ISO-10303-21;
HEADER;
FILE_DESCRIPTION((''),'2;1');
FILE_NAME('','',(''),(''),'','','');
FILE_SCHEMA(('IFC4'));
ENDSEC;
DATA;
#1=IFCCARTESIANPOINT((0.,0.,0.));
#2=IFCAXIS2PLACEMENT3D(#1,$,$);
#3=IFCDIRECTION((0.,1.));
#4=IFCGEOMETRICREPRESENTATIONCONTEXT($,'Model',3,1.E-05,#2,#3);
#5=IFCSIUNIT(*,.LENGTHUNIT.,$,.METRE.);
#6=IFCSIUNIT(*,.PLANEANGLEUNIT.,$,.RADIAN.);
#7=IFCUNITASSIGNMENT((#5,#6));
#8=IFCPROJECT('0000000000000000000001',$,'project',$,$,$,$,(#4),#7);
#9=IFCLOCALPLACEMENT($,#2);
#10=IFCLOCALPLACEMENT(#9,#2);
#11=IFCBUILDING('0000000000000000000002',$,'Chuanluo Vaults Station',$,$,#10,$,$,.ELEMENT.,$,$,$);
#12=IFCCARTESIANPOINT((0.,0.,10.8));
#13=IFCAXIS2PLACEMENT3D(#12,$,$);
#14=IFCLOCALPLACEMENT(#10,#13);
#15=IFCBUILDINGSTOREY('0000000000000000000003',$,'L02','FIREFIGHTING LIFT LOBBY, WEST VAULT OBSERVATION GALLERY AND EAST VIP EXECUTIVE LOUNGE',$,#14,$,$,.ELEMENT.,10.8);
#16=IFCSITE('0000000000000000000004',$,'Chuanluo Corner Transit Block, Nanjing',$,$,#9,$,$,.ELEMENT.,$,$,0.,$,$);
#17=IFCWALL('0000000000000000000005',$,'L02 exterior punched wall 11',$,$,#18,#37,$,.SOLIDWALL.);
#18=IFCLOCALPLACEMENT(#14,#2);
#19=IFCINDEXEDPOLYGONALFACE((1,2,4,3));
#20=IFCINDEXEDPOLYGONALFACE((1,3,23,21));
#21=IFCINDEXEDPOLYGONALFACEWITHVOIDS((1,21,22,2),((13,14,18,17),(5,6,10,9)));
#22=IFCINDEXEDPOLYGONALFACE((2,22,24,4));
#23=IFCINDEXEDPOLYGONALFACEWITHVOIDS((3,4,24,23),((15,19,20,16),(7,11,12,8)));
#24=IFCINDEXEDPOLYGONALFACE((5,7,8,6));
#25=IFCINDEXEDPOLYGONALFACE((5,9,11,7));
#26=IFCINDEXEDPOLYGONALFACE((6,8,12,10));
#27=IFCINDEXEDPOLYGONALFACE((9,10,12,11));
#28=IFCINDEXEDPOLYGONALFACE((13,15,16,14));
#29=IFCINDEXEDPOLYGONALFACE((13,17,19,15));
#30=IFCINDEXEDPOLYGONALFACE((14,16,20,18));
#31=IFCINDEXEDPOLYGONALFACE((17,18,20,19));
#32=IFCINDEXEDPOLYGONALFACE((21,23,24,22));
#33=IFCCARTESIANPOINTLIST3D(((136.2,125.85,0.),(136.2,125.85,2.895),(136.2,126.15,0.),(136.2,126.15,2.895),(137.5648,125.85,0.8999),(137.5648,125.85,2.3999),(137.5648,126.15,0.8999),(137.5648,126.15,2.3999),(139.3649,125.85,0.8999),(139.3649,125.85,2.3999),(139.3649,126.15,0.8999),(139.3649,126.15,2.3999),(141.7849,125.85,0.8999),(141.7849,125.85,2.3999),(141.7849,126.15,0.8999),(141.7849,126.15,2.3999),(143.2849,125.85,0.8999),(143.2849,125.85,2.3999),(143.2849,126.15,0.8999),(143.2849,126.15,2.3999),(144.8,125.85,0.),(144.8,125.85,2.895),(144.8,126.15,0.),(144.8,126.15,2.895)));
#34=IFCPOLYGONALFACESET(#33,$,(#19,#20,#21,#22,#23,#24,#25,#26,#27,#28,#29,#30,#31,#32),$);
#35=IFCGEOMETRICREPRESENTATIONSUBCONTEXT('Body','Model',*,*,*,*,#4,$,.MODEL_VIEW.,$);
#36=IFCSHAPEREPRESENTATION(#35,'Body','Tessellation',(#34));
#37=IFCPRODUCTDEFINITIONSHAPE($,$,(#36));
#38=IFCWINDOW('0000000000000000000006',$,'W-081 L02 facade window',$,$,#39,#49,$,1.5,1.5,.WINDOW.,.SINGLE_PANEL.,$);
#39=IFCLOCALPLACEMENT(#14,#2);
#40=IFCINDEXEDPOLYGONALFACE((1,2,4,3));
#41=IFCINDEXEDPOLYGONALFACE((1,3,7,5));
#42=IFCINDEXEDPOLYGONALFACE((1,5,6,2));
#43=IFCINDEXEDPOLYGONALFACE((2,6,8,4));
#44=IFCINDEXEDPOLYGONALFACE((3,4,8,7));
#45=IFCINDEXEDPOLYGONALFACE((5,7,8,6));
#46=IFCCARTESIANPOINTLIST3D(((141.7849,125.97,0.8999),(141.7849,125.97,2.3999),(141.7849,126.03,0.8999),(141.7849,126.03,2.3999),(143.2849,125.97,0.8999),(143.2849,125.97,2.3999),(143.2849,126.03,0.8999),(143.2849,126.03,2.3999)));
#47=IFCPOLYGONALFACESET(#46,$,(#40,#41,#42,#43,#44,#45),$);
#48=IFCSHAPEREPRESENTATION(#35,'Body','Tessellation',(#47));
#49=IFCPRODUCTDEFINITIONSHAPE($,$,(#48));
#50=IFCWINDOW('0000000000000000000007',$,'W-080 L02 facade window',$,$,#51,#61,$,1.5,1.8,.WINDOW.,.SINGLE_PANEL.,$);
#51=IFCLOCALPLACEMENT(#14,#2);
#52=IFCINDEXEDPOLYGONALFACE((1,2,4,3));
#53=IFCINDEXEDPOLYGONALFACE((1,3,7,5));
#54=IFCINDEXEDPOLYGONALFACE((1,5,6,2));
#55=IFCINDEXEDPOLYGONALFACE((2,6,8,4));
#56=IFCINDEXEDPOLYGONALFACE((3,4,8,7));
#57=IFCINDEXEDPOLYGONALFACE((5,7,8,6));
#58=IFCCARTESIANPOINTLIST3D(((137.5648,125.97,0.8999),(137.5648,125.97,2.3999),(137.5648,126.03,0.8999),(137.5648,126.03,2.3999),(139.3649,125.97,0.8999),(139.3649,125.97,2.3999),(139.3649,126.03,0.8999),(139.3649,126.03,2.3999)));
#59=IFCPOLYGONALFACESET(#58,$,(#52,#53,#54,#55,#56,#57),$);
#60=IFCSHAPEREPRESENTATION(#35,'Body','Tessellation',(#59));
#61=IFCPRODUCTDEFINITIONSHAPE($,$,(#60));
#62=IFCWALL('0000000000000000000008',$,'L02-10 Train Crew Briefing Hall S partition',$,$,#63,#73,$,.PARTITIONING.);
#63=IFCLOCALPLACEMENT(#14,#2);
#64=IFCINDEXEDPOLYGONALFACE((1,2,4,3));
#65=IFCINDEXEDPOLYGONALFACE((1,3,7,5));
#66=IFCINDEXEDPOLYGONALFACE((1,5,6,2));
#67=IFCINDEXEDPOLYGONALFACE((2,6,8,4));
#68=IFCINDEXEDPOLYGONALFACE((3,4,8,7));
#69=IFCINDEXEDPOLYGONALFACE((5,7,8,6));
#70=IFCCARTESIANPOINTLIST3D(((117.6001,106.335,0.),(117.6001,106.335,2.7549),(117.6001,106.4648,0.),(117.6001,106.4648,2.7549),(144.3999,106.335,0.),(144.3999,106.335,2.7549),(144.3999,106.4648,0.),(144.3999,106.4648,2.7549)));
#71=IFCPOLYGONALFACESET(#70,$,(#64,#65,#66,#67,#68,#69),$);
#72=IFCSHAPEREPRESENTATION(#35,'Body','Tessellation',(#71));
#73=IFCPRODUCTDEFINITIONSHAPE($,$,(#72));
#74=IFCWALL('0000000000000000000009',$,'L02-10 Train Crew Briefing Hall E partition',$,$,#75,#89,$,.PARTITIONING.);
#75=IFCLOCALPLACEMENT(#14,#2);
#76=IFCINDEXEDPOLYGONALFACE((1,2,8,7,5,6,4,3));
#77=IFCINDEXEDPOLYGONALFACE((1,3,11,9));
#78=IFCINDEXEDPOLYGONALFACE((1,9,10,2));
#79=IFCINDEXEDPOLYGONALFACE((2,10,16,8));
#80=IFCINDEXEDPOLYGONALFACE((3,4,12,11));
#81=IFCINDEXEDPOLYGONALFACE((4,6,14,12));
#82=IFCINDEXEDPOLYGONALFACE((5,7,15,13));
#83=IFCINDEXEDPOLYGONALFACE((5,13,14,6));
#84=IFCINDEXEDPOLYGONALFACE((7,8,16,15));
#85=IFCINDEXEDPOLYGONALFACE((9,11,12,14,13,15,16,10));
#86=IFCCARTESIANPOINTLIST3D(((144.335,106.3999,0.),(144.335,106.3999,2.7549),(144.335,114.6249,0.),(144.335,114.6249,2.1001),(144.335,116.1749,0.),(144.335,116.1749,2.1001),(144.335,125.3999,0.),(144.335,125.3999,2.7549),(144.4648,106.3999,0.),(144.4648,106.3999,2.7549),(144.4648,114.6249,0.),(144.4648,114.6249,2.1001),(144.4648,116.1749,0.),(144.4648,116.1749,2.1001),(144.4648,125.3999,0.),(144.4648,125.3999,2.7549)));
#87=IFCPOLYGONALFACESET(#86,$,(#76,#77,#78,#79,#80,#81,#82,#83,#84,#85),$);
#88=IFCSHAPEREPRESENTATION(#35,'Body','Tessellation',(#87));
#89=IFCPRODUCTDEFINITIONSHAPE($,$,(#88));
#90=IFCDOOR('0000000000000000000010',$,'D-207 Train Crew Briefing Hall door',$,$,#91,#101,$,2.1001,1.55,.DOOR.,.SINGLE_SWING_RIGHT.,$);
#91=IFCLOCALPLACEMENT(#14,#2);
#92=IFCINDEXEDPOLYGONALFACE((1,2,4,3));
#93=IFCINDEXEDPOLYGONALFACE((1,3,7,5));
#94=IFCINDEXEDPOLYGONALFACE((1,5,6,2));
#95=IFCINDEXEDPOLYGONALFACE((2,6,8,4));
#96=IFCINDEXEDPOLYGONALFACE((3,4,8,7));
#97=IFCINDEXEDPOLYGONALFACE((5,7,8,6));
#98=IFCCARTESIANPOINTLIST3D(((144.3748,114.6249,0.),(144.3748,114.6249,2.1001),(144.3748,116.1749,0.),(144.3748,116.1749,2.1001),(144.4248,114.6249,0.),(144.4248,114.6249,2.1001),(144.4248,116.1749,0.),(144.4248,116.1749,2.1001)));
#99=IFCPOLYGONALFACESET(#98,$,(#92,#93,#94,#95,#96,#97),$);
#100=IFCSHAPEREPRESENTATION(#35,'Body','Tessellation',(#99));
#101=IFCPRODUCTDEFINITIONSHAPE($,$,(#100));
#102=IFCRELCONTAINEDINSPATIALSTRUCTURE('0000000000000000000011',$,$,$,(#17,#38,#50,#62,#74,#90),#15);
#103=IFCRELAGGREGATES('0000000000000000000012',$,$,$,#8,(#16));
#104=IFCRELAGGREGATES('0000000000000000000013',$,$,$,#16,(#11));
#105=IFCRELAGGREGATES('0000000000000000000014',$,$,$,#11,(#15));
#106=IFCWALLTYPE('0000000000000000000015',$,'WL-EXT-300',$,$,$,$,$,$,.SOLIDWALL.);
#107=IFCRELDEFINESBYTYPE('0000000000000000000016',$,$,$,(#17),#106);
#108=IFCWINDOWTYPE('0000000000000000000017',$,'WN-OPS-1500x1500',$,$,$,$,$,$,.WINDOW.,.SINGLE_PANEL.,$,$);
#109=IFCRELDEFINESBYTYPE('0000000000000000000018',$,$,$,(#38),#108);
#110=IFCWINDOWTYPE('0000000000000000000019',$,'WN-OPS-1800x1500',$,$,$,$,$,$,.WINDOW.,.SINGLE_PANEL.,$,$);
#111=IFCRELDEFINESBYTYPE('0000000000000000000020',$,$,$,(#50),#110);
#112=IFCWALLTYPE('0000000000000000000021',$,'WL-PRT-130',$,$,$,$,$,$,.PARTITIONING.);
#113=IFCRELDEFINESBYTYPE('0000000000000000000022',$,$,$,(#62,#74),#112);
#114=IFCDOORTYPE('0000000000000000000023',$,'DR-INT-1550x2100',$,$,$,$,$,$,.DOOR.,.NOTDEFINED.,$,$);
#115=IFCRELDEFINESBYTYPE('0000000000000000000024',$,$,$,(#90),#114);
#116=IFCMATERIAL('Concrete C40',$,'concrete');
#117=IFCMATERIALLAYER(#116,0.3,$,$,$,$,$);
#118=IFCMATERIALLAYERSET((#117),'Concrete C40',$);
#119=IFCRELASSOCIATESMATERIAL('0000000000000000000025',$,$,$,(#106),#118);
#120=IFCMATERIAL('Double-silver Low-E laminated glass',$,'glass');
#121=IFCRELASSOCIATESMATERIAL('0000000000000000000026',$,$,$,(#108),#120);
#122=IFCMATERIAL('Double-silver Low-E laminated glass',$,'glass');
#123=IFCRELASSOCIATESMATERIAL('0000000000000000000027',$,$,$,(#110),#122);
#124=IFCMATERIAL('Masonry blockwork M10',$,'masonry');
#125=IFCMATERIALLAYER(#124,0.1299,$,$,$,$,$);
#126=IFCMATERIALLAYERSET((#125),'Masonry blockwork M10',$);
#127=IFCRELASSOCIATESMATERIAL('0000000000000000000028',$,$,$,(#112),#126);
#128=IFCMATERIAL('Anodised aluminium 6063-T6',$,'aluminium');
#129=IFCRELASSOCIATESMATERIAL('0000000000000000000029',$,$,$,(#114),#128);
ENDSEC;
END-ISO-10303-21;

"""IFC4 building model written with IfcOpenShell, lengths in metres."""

from ifc_helpers import new_model, si_unit, direction, frame, frame_2d, origin, place, context, subcontext, project, spatial, rectangle, extrude, material, layer, layer_set, type_object, element, fill, save


model = new_model("IFC4")

# Units and contexts
model_context = context("Model", 3, precision=1e-05, world=origin(), true_north=direction((0.0, 1.0)))
body_context = subcontext(model_context, "Body", "Model", "MODEL_VIEW")
ifc_project = project(units=[si_unit("LENGTHUNIT", "METRE"), si_unit("PLANEANGLEUNIT", "RADIAN")], contexts=[model_context])

# Site, building, storey
site_placement = place(None, origin())
site = spatial("IfcSite", under=ifc_project, at=site_placement, Name="Chuanluo Corner Transit Block, Nanjing", CompositionType="ELEMENT", RefElevation=0.0)
building_placement = place(site_placement, origin())
building = spatial("IfcBuilding", under=site, at=building_placement, Name="Chuanluo Vaults Station", CompositionType="ELEMENT")
storey_placement = place(building_placement, frame((0.0, 0.0, 10.8)))
storey = spatial("IfcBuildingStorey", under=building, at=storey_placement, Name="L02", Description="FIREFIGHTING LIFT LOBBY, WEST VAULT OBSERVATION GALLERY AND EAST VIP EXECUTIVE LOUNGE", CompositionType="ELEMENT", Elevation=10.8)

# Wall, openings, windows
ifc_material_1 = material(Name="Concrete C40", Category="concrete")
ifc_layer_1 = layer(ifc_material_1, 0.3)
ifc_layer_set_1 = layer_set([ifc_layer_1], Name="Concrete C40")
wall_type_1 = type_object("IfcWallType", Name="WL-EXT-300", PredefinedType="SOLIDWALL", material=ifc_layer_set_1)
wall_1_placement = place(storey_placement, frame((136.2, 126.0, 0.0), z_axis=(0.0, 0.0, 1.0), x_axis=(1.0, 0.0, 0.0)))
wall_1 = element("IfcWall", 1, at=wall_1_placement, inside=storey, type_object=wall_type_1, Name="L02 exterior punched wall 11", PredefinedType="SOLIDWALL", context=body_context, shape_type="SweptSolid", body=[
    extrude(rectangle(XDim=8.6001, YDim=0.3, at=frame_2d((4.3, 0.0))), origin(), (0.0, 0.0, 1.0), 2.895),
])
opening_1_placement = place(wall_1_placement, frame((1.365, 0.0, 0.8999)))
opening_1 = element("IfcOpeningElement", 2, at=opening_1_placement, cuts=wall_1, PredefinedType="OPENING", context=body_context, shape_type="SweptSolid", body=[
    extrude(rectangle(XDim=1.8, YDim=1.5, at=frame_2d((0.8999, 0.75))), frame((0.0, 0.1599, 0.0), z_axis=(0.0, -1.0, 0.0), x_axis=(1.0, 0.0, 0.0)), (0.0, 0.0, 1.0), 0.3201),
])
opening_2_placement = place(wall_1_placement, frame((5.585, 0.0, 0.8999)))
opening_2 = element("IfcOpeningElement", 3, at=opening_2_placement, cuts=wall_1, PredefinedType="OPENING", context=body_context, shape_type="SweptSolid", body=[
    extrude(rectangle(XDim=1.5, YDim=1.5, at=frame_2d((0.75, 0.75))), frame((0.0, 0.1599, 0.0), z_axis=(0.0, -1.0, 0.0), x_axis=(1.0, 0.0, 0.0)), (0.0, 0.0, 1.0), 0.3201),
])
ifc_material_2 = material(Name="Double-silver Low-E laminated glass", Category="glass")
window_type_1 = type_object("IfcWindowType", Name="WN-OPS-1500x1500", PartitioningType="SINGLE_PANEL", PredefinedType="WINDOW", material=ifc_material_2)
window_1_placement = place(opening_2_placement, origin())
window_1 = element("IfcWindow", 4, at=window_1_placement, inside=storey, type_object=window_type_1, Name="W-081 L02 facade window", OverallHeight=1.5, OverallWidth=1.5, PartitioningType="SINGLE_PANEL", PredefinedType="WINDOW", context=body_context, shape_type="SweptSolid", body=[
    extrude(rectangle(XDim=1.5, YDim=1.5, at=frame_2d((0.75, 0.75))), frame((0.0, 0.03, 0.0), z_axis=(0.0, -1.0, 0.0), x_axis=(1.0, 0.0, 0.0)), (0.0, 0.0, 1.0), 0.0601),
])
fill(opening_2, window_1)
ifc_material_3 = material(Name="Double-silver Low-E laminated glass", Category="glass")
window_type_2 = type_object("IfcWindowType", Name="WN-OPS-1800x1500", PartitioningType="SINGLE_PANEL", PredefinedType="WINDOW", material=ifc_material_3)
window_2_placement = place(opening_1_placement, origin())
window_2 = element("IfcWindow", 5, at=window_2_placement, inside=storey, type_object=window_type_2, Name="W-080 L02 facade window", OverallHeight=1.5, OverallWidth=1.8, PartitioningType="SINGLE_PANEL", PredefinedType="WINDOW", context=body_context, shape_type="SweptSolid", body=[
    extrude(rectangle(XDim=1.8, YDim=1.5, at=frame_2d((0.8999, 0.75))), frame((0.0, 0.03, 0.0), z_axis=(0.0, -1.0, 0.0), x_axis=(1.0, 0.0, 0.0)), (0.0, 0.0, 1.0), 0.0601),
])
fill(opening_1, window_2)

# Wall
ifc_material_4 = material(Name="Masonry blockwork M10", Category="masonry")
ifc_layer_2 = layer(ifc_material_4, 0.1299)
ifc_layer_set_2 = layer_set([ifc_layer_2], Name="Masonry blockwork M10")
wall_type_2 = type_object("IfcWallType", Name="WL-PRT-130", PredefinedType="PARTITIONING", material=ifc_layer_set_2)
wall_2_placement = place(storey_placement, frame((144.3999, 106.3999, 0.0), z_axis=(0.0, 0.0, 1.0), x_axis=(-1.0, 0.0, 0.0)))
element("IfcWall", 6, at=wall_2_placement, inside=storey, type_object=wall_type_2, Name="L02-10 Train Crew Briefing Hall S partition", PredefinedType="PARTITIONING", context=body_context, shape_type="SweptSolid", body=[
    extrude(rectangle(XDim=26.7998, YDim=0.1299, at=frame_2d((13.3999, 0.0))), origin(), (0.0, 0.0, 1.0), 2.7549),
])

# Wall, opening, door
wall_3_placement = place(storey_placement, frame((144.3999, 125.3999, 0.0), z_axis=(0.0, 0.0, 1.0), x_axis=(0.0, -1.0, 0.0)))
wall_3 = element("IfcWall", 7, at=wall_3_placement, inside=storey, type_object=wall_type_2, Name="L02-10 Train Crew Briefing Hall E partition", PredefinedType="PARTITIONING", context=body_context, shape_type="SweptSolid", body=[
    extrude(rectangle(XDim=19.0, YDim=0.1299, at=frame_2d((9.5, 0.0))), origin(), (0.0, 0.0, 1.0), 2.7549),
])
opening_3_placement = place(wall_3_placement, frame((9.2251, 0.0, 0.0)))
opening_3 = element("IfcOpeningElement", 8, at=opening_3_placement, cuts=wall_3, PredefinedType="OPENING", context=body_context, shape_type="SweptSolid", body=[
    extrude(rectangle(XDim=1.55, YDim=2.1001, at=frame_2d((0.7749, 1.05))), frame((0.0, 0.0749, 0.0), z_axis=(0.0, -1.0, 0.0), x_axis=(1.0, 0.0, 0.0)), (0.0, 0.0, 1.0), 0.1499),
])
ifc_material_5 = material(Name="Anodised aluminium 6063-T6", Category="aluminium")
door_type = type_object("IfcDoorType", Name="DR-INT-1550x2100", OperationType="NOTDEFINED", PredefinedType="DOOR", material=ifc_material_5)
door_placement = place(opening_3_placement, origin())
door = element("IfcDoor", 9, at=door_placement, inside=storey, type_object=door_type, Name="D-207 Train Crew Briefing Hall door", OperationType="SINGLE_SWING_RIGHT", OverallHeight=2.1001, OverallWidth=1.55, PredefinedType="DOOR", context=body_context, shape_type="SweptSolid", body=[
    extrude(rectangle(XDim=1.55, YDim=2.1001, at=frame_2d((0.7749, 1.05))), frame((0.0, 0.0249, 0.0), z_axis=(0.0, -1.0, 0.0), x_axis=(1.0, 0.0, 0.0)), (0.0, 0.0, 1.0), 0.05),
])
fill(opening_3, door)

save(model, "model.ifc")
